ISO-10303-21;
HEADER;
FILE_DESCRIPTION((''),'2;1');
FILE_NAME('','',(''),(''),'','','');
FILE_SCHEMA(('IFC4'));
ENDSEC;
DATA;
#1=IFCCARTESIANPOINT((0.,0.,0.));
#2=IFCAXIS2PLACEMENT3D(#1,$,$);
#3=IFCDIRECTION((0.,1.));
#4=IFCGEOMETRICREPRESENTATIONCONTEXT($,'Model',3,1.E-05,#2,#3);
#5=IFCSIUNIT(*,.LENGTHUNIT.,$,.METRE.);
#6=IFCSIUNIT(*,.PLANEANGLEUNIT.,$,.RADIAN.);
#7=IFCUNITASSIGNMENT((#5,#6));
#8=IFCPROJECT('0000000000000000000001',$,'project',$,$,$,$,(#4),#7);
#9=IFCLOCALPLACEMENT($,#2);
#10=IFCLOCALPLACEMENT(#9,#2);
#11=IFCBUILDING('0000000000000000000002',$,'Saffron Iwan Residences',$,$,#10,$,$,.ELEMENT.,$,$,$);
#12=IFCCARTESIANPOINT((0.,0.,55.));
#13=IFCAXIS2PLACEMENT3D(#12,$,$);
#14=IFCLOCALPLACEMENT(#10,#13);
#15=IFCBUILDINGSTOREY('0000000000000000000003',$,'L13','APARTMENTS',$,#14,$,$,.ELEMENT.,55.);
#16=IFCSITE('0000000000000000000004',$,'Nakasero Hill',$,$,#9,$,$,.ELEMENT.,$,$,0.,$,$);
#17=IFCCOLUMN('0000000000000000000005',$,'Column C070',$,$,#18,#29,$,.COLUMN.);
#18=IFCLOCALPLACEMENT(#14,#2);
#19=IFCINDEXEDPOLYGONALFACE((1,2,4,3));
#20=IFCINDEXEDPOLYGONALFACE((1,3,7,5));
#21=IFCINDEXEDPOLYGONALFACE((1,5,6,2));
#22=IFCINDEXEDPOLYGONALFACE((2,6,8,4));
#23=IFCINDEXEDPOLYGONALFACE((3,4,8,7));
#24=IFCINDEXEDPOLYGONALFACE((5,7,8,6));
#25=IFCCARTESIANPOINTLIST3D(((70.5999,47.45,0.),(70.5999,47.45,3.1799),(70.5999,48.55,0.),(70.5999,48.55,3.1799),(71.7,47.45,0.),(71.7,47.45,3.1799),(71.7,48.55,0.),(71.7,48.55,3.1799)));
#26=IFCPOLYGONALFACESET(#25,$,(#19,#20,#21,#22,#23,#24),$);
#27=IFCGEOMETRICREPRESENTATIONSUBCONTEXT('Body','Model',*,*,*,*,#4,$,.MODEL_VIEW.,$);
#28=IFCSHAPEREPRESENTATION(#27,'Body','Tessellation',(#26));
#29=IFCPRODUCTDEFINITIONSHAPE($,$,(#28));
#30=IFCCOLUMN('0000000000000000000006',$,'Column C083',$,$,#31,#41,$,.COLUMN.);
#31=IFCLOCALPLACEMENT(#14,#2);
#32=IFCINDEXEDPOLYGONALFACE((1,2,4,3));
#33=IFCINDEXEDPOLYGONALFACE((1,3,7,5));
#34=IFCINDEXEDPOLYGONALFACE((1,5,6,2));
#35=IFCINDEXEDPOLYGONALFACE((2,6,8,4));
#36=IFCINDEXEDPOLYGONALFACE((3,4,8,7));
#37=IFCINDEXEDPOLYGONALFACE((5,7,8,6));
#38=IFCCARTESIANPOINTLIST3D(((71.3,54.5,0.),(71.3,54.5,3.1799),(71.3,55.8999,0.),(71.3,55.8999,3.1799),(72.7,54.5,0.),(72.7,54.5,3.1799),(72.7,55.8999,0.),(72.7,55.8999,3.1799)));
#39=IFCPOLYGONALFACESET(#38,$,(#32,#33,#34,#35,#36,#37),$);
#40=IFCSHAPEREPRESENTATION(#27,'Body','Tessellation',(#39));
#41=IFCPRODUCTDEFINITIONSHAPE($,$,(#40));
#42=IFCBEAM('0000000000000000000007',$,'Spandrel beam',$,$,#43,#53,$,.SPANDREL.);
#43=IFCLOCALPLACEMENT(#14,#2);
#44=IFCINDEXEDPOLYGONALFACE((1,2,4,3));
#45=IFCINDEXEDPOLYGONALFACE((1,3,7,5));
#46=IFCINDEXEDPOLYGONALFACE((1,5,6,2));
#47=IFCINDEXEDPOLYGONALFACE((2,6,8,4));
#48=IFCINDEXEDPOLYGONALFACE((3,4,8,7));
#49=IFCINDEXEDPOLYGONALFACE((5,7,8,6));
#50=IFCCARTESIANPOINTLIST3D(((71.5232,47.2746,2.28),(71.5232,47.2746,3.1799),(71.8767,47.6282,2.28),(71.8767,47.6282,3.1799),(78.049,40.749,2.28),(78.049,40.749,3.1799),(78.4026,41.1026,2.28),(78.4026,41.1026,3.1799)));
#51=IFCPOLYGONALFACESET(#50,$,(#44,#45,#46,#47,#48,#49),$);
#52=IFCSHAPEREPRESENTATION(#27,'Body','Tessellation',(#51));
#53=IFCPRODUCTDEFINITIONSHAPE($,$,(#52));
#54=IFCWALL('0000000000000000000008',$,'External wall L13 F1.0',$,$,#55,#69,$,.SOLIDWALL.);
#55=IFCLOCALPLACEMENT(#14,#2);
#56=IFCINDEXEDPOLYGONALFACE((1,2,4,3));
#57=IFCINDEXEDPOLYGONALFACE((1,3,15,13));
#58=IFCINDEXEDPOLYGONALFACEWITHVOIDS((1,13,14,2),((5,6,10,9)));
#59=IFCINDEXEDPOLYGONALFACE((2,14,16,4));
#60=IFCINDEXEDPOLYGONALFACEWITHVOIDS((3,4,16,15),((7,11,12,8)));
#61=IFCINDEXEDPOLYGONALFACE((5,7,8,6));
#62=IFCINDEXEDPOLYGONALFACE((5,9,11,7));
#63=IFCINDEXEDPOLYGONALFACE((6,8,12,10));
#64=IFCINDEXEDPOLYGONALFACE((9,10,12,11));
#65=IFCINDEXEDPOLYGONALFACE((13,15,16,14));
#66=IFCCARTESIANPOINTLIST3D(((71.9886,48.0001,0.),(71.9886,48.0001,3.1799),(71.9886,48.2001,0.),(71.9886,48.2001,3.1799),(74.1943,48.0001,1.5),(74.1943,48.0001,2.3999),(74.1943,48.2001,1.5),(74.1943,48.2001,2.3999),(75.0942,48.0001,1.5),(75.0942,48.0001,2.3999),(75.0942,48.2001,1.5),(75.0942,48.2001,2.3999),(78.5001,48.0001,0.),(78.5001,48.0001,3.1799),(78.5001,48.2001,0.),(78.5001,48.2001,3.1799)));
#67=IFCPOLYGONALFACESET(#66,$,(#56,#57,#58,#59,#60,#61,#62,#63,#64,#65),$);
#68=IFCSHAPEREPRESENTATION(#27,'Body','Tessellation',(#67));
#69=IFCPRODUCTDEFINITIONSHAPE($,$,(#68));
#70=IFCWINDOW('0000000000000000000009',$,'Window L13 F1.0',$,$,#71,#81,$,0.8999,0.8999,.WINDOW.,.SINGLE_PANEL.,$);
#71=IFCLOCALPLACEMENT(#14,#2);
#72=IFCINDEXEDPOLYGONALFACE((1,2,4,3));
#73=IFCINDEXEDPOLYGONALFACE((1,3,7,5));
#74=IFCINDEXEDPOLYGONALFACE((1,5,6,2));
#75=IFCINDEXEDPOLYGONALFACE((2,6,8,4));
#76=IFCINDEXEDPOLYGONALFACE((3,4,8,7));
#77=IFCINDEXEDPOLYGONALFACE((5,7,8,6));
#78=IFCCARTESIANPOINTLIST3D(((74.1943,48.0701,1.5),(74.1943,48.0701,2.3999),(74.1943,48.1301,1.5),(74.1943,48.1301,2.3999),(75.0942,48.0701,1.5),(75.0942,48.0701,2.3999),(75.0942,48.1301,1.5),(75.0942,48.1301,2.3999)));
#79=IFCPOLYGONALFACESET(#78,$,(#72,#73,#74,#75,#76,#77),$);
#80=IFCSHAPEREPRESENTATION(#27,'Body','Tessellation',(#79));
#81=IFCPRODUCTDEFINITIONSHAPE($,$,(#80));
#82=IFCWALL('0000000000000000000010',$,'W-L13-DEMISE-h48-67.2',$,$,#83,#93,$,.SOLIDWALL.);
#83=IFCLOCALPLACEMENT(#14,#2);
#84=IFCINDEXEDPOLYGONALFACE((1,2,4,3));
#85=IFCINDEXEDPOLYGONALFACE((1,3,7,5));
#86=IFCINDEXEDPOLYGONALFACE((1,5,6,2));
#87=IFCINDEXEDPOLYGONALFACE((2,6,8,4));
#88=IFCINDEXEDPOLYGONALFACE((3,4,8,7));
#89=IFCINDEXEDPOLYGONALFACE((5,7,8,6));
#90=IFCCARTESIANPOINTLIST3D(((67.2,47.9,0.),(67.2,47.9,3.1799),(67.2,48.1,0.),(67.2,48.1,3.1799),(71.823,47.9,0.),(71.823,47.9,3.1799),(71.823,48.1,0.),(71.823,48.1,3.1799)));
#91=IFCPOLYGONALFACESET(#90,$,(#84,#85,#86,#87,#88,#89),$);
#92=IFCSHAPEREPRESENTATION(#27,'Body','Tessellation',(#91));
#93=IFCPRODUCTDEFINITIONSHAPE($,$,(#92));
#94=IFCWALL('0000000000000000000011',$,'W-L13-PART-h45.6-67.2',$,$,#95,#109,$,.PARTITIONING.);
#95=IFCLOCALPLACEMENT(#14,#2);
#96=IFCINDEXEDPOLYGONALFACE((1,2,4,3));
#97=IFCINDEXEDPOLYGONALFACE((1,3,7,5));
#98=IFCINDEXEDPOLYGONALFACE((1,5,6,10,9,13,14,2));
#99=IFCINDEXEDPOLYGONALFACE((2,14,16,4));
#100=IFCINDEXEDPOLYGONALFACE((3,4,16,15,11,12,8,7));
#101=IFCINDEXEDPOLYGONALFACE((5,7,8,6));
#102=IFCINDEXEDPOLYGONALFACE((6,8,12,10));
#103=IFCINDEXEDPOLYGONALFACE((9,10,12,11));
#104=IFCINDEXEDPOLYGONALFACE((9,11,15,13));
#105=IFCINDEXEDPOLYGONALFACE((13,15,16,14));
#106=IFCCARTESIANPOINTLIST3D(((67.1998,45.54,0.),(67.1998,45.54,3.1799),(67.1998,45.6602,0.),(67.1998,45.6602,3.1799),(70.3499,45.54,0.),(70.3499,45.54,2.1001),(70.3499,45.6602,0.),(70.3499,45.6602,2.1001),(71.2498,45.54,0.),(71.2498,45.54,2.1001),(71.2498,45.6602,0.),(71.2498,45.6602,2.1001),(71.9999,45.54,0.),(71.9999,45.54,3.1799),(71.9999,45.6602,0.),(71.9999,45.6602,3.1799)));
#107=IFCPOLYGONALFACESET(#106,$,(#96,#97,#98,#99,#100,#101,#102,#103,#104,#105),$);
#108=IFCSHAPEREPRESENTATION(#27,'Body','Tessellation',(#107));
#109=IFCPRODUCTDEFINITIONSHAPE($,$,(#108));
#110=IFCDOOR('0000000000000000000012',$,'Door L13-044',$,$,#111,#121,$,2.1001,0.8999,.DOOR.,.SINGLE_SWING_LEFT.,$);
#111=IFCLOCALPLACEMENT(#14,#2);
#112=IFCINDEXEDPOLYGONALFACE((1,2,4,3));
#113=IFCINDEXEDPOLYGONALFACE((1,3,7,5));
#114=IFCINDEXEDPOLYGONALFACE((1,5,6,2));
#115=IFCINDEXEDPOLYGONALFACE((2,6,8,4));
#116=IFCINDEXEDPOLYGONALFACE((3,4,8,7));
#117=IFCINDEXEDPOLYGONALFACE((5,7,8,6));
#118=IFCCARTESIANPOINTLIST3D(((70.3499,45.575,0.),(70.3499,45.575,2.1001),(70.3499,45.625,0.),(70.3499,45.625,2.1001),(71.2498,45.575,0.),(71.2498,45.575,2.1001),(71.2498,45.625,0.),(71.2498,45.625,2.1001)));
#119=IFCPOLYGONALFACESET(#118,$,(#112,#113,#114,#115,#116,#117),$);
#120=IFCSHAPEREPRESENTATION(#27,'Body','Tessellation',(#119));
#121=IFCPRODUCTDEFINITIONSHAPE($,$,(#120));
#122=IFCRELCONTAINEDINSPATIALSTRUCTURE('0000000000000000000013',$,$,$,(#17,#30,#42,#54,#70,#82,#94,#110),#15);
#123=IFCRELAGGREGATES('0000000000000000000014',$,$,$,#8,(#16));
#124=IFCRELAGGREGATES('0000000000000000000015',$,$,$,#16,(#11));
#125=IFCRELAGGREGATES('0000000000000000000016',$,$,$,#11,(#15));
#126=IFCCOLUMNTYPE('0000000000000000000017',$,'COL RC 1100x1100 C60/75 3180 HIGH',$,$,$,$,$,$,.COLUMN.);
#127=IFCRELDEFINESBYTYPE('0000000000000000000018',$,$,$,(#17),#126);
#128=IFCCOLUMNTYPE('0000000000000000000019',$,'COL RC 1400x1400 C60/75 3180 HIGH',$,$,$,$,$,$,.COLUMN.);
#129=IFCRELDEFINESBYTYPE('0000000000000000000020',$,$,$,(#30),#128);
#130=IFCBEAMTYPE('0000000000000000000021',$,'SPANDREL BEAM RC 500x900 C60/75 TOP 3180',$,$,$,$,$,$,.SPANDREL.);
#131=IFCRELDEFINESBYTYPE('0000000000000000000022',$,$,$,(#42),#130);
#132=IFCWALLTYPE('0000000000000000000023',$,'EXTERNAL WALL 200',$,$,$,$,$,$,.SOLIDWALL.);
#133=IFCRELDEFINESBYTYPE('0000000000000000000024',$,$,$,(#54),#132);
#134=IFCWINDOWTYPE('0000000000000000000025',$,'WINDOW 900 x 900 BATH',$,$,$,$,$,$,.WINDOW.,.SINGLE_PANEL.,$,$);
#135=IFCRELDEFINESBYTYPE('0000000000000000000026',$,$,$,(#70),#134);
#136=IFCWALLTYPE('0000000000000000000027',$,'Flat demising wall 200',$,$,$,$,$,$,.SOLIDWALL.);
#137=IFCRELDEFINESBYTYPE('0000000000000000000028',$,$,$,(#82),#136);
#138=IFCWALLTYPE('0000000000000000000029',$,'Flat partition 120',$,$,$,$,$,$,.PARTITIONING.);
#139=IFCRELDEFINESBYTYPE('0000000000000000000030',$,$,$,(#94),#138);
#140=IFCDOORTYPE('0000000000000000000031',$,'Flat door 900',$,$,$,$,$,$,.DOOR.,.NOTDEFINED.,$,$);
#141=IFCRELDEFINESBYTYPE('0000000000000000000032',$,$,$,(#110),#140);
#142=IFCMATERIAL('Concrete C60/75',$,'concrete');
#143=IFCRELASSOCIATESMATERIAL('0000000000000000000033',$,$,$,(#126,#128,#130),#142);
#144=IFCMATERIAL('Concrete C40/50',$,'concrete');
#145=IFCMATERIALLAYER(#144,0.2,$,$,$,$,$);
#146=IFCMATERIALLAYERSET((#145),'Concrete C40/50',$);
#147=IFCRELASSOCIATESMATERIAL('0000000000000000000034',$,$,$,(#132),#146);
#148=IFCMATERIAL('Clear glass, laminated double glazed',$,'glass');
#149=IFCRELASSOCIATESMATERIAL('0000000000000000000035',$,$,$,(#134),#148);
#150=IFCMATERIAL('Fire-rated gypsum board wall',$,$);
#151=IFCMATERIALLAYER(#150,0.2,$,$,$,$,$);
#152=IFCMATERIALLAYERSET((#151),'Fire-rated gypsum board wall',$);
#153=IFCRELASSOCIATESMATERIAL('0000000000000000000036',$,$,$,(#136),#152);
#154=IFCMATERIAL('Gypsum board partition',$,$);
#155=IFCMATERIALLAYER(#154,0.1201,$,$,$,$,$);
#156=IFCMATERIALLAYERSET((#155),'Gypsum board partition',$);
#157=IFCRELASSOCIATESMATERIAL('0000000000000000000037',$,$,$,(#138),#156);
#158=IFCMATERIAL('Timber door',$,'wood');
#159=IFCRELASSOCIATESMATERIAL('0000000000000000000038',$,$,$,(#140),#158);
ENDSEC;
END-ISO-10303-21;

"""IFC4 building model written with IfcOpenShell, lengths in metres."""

from ifc_helpers import new_model, si_unit, direction, frame, frame_2d, origin, origin_2d, place, context, subcontext, project, spatial, rectangle, extrude, source, transform, mapped, material, layer, layer_set, material_profile, profile_set, type_object, element, fill, save


model = new_model("IFC4")

# Units and contexts
model_context = context("Model", 3, precision=1e-05, world=origin(), true_north=direction((0.0, 1.0)))
body_context = subcontext(model_context, "Body", "Model", "MODEL_VIEW")
ifc_project = project(units=[si_unit("LENGTHUNIT", "METRE"), si_unit("PLANEANGLEUNIT", "RADIAN")], contexts=[model_context])

# Site, building, storey
site_placement = place(None, origin())
site = spatial("IfcSite", under=ifc_project, at=site_placement, Name="Nakasero Hill", CompositionType="ELEMENT", RefElevation=0.0)
building_placement = place(site_placement, origin())
building = spatial("IfcBuilding", under=site, at=building_placement, Name="Saffron Iwan Residences", CompositionType="ELEMENT")
storey_placement = place(building_placement, frame((0.0, 0.0, 55.0)))
storey = spatial("IfcBuildingStorey", under=building, at=storey_placement, Name="L13", Description="APARTMENTS", CompositionType="ELEMENT", Elevation=55.0)

# Columns
ifc_material_1 = material(Name="Concrete C60/75", Category="concrete")
ifc_material_profile_1 = material_profile(ifc_material_1, rectangle(XDim=1.1001, YDim=1.1001, at=origin_2d()), Name="RC 1100x1100")
ifc_profile_set_1 = profile_set([ifc_material_profile_1], Name="Concrete C60/75")
column_type_1 = type_object("IfcColumnType", Name="COL RC 1100x1100 C60/75 3180 HIGH", PredefinedType="COLUMN", material=ifc_profile_set_1)
shared_shape_1 = source(origin(), body_context, "Body", "SweptSolid", [
    extrude(rectangle(XDim=1.1001, YDim=1.1001, at=origin_2d()), origin(), (0.0, 0.0, 1.0), 3.1799),
])
column_1_placement = place(storey_placement, frame((71.1499, 48.0, 0.0), z_axis=(0.0, 0.0, 1.0), x_axis=(1.0, 0.0, 0.0)))
element("IfcColumn", 1, at=column_1_placement, inside=storey, type_object=column_type_1, Name="Column C070", PredefinedType="COLUMN", context=body_context, shape_type="MappedRepresentation", body=[
    mapped(shared_shape_1, transform((0.0, 0.0, 0.0))),
])
ifc_material_profile_2 = material_profile(ifc_material_1, rectangle(XDim=1.3999, YDim=1.3999, at=origin_2d()), Name="RC 1400x1400")
ifc_profile_set_2 = profile_set([ifc_material_profile_2], Name="Concrete C60/75")
column_type_2 = type_object("IfcColumnType", Name="COL RC 1400x1400 C60/75 3180 HIGH", PredefinedType="COLUMN", material=ifc_profile_set_2)
shared_shape_2 = source(origin(), body_context, "Body", "SweptSolid", [
    extrude(rectangle(XDim=1.3999, YDim=1.3999, at=origin_2d()), origin(), (0.0, 0.0, 1.0), 3.1799),
])
column_2_placement = place(storey_placement, frame((72.0, 55.2, 0.0), z_axis=(0.0, 0.0, 1.0), x_axis=(1.0, 0.0, 0.0)))
element("IfcColumn", 2, at=column_2_placement, inside=storey, type_object=column_type_2, Name="Column C083", PredefinedType="COLUMN", context=body_context, shape_type="MappedRepresentation", body=[
    mapped(shared_shape_2, transform((0.0, 0.0, 0.0))),
])

# Beam
ifc_material_profile_3 = material_profile(ifc_material_1, rectangle(XDim=0.5, YDim=0.8999, at=origin_2d()), Name="RC 500x900")
ifc_profile_set_3 = profile_set([ifc_material_profile_3], Name="Concrete C60/75")
beam_type = type_object("IfcBeamType", Name="SPANDREL BEAM RC 500x900 C60/75 TOP 3180", PredefinedType="SPANDREL", material=ifc_profile_set_3)
shared_shape_3 = source(origin(), body_context, "Body", "SweptSolid", [
    extrude(rectangle(XDim=0.5, YDim=0.8999, at=origin_2d()), origin(), (0.0, 0.0, 1.0), 9.2288),
])
beam_placement = place(storey_placement, frame((71.7, 47.4514, 2.73), z_axis=(0.70712, -0.707094, 0.0), x_axis=(0.707094, 0.70712, 0.0)))
element("IfcBeam", 3, at=beam_placement, inside=storey, type_object=beam_type, Name="Spandrel beam", PredefinedType="SPANDREL", context=body_context, shape_type="MappedRepresentation", body=[
    mapped(shared_shape_3, transform((0.0, 0.0, 0.0))),
])

# Wall, opening, window
ifc_material_2 = material(Name="Concrete C40/50", Category="concrete")
ifc_layer_1 = layer(ifc_material_2, 0.2)
ifc_layer_set_1 = layer_set([ifc_layer_1], Name="Concrete C40/50")
wall_type_1 = type_object("IfcWallType", Name="EXTERNAL WALL 200", PredefinedType="SOLIDWALL", material=ifc_layer_set_1)
wall_1_placement = place(storey_placement, frame((71.9885, 48.1001, 0.0), z_axis=(0.0, 0.0, 1.0), x_axis=(1.0, 0.0, 0.0)))
wall_1 = element("IfcWall", 4, at=wall_1_placement, inside=storey, type_object=wall_type_1, Name="External wall L13 F1.0", PredefinedType="SOLIDWALL", context=body_context, shape_type="SweptSolid", body=[
    extrude(rectangle(XDim=6.5115, YDim=0.2, at=frame_2d((3.2559, 0.0))), origin(), (0.0, 0.0, 1.0), 3.1799),
])
opening_1_placement = place(wall_1_placement, frame((2.2058, 0.0, 1.5)))
opening_1 = element("IfcOpeningElement", 5, at=opening_1_placement, cuts=wall_1, PredefinedType="OPENING", context=body_context, shape_type="SweptSolid", body=[
    extrude(rectangle(XDim=0.8999, YDim=0.8999, at=frame_2d((0.45, 0.45))), frame((0.0, 0.1099, 0.0), z_axis=(0.0, -1.0, 0.0), x_axis=(1.0, 0.0, 0.0)), (0.0, 0.0, 1.0), 0.22),
])
ifc_material_3 = material(Name="Clear glass, laminated double glazed", Category="glass")
window_type = type_object("IfcWindowType", Name="WINDOW 900 x 900 BATH", PartitioningType="SINGLE_PANEL", PredefinedType="WINDOW", material=ifc_material_3)
window_placement = place(opening_1_placement, origin())
window = element("IfcWindow", 6, at=window_placement, inside=storey, type_object=window_type, Name="Window L13 F1.0", OverallHeight=0.8999, OverallWidth=0.8999, PartitioningType="SINGLE_PANEL", PredefinedType="WINDOW", context=body_context, shape_type="SweptSolid", body=[
    extrude(rectangle(XDim=0.8999, YDim=0.8999, at=frame_2d((0.45, 0.45))), frame((0.0, 0.03, 0.0), z_axis=(0.0, -1.0, 0.0), x_axis=(1.0, 0.0, 0.0)), (0.0, 0.0, 1.0), 0.0601),
])
fill(opening_1, window)

# Wall
ifc_material_4 = material(Name="Fire-rated gypsum board wall")
ifc_layer_2 = layer(ifc_material_4, 0.2)
ifc_layer_set_2 = layer_set([ifc_layer_2], Name="Fire-rated gypsum board wall")
wall_type_2 = type_object("IfcWallType", Name="Flat demising wall 200", PredefinedType="SOLIDWALL", material=ifc_layer_set_2)
wall_2_placement = place(storey_placement, frame((67.2, 48.0, 0.0), z_axis=(0.0, 0.0, 1.0), x_axis=(1.0, 0.0, 0.0)))
element("IfcWall", 7, at=wall_2_placement, inside=storey, type_object=wall_type_2, Name="W-L13-DEMISE-h48-67.2", PredefinedType="SOLIDWALL", context=body_context, shape_type="SweptSolid", body=[
    extrude(rectangle(XDim=4.623, YDim=0.2, at=frame_2d((2.3115, 0.0))), origin(), (0.0, 0.0, 1.0), 3.1799),
])

# Wall, opening, door
ifc_material_5 = material(Name="Gypsum board partition")
ifc_layer_3 = layer(ifc_material_5, 0.1201)
ifc_layer_set_3 = layer_set([ifc_layer_3], Name="Gypsum board partition")
wall_type_3 = type_object("IfcWallType", Name="Flat partition 120", PredefinedType="PARTITIONING", material=ifc_layer_set_3)
wall_3_placement = place(storey_placement, frame((67.2, 45.6001, 0.0), z_axis=(0.0, 0.0, 1.0), x_axis=(1.0, 0.0, 0.0)))
wall_3 = element("IfcWall", 8, at=wall_3_placement, inside=storey, type_object=wall_type_3, Name="W-L13-PART-h45.6-67.2", PredefinedType="PARTITIONING", context=body_context, shape_type="SweptSolid", body=[
    extrude(rectangle(XDim=4.8, YDim=0.1201, at=frame_2d((2.3999, 0.0))), origin(), (0.0, 0.0, 1.0), 3.1799),
])
opening_2_placement = place(wall_3_placement, frame((3.1499, 0.0, 0.0)))
opening_2 = element("IfcOpeningElement", 9, at=opening_2_placement, cuts=wall_3, PredefinedType="OPENING", context=body_context, shape_type="SweptSolid", body=[
    extrude(rectangle(XDim=0.8999, YDim=2.1001, at=frame_2d((0.45, 1.05))), frame((0.0, 0.0701, 0.0), z_axis=(0.0, -1.0, 0.0), x_axis=(1.0, 0.0, 0.0)), (0.0, 0.0, 1.0), 0.1401),
])
ifc_material_6 = material(Name="Timber door", Category="wood")
door_type_1 = type_object("IfcDoorType", Name="Flat door 900", OperationType="NOTDEFINED", PredefinedType="DOOR", material=ifc_material_6)
door_1_placement = place(opening_2_placement, origin())
door_1 = element("IfcDoor", 10, at=door_1_placement, inside=storey, type_object=door_type_1, Name="Door L13-044", OperationType="SINGLE_SWING_LEFT", OverallHeight=2.1001, OverallWidth=0.8999, PredefinedType="DOOR", context=body_context, shape_type="SweptSolid", body=[
    extrude(rectangle(XDim=0.8999, YDim=2.1001, at=frame_2d((0.45, 1.05))), frame((0.0, 0.0249, 0.0), z_axis=(0.0, -1.0, 0.0), x_axis=(1.0, 0.0, 0.0)), (0.0, 0.0, 1.0), 0.05),
])
fill(opening_2, door_1)

save(model, "model.ifc")
